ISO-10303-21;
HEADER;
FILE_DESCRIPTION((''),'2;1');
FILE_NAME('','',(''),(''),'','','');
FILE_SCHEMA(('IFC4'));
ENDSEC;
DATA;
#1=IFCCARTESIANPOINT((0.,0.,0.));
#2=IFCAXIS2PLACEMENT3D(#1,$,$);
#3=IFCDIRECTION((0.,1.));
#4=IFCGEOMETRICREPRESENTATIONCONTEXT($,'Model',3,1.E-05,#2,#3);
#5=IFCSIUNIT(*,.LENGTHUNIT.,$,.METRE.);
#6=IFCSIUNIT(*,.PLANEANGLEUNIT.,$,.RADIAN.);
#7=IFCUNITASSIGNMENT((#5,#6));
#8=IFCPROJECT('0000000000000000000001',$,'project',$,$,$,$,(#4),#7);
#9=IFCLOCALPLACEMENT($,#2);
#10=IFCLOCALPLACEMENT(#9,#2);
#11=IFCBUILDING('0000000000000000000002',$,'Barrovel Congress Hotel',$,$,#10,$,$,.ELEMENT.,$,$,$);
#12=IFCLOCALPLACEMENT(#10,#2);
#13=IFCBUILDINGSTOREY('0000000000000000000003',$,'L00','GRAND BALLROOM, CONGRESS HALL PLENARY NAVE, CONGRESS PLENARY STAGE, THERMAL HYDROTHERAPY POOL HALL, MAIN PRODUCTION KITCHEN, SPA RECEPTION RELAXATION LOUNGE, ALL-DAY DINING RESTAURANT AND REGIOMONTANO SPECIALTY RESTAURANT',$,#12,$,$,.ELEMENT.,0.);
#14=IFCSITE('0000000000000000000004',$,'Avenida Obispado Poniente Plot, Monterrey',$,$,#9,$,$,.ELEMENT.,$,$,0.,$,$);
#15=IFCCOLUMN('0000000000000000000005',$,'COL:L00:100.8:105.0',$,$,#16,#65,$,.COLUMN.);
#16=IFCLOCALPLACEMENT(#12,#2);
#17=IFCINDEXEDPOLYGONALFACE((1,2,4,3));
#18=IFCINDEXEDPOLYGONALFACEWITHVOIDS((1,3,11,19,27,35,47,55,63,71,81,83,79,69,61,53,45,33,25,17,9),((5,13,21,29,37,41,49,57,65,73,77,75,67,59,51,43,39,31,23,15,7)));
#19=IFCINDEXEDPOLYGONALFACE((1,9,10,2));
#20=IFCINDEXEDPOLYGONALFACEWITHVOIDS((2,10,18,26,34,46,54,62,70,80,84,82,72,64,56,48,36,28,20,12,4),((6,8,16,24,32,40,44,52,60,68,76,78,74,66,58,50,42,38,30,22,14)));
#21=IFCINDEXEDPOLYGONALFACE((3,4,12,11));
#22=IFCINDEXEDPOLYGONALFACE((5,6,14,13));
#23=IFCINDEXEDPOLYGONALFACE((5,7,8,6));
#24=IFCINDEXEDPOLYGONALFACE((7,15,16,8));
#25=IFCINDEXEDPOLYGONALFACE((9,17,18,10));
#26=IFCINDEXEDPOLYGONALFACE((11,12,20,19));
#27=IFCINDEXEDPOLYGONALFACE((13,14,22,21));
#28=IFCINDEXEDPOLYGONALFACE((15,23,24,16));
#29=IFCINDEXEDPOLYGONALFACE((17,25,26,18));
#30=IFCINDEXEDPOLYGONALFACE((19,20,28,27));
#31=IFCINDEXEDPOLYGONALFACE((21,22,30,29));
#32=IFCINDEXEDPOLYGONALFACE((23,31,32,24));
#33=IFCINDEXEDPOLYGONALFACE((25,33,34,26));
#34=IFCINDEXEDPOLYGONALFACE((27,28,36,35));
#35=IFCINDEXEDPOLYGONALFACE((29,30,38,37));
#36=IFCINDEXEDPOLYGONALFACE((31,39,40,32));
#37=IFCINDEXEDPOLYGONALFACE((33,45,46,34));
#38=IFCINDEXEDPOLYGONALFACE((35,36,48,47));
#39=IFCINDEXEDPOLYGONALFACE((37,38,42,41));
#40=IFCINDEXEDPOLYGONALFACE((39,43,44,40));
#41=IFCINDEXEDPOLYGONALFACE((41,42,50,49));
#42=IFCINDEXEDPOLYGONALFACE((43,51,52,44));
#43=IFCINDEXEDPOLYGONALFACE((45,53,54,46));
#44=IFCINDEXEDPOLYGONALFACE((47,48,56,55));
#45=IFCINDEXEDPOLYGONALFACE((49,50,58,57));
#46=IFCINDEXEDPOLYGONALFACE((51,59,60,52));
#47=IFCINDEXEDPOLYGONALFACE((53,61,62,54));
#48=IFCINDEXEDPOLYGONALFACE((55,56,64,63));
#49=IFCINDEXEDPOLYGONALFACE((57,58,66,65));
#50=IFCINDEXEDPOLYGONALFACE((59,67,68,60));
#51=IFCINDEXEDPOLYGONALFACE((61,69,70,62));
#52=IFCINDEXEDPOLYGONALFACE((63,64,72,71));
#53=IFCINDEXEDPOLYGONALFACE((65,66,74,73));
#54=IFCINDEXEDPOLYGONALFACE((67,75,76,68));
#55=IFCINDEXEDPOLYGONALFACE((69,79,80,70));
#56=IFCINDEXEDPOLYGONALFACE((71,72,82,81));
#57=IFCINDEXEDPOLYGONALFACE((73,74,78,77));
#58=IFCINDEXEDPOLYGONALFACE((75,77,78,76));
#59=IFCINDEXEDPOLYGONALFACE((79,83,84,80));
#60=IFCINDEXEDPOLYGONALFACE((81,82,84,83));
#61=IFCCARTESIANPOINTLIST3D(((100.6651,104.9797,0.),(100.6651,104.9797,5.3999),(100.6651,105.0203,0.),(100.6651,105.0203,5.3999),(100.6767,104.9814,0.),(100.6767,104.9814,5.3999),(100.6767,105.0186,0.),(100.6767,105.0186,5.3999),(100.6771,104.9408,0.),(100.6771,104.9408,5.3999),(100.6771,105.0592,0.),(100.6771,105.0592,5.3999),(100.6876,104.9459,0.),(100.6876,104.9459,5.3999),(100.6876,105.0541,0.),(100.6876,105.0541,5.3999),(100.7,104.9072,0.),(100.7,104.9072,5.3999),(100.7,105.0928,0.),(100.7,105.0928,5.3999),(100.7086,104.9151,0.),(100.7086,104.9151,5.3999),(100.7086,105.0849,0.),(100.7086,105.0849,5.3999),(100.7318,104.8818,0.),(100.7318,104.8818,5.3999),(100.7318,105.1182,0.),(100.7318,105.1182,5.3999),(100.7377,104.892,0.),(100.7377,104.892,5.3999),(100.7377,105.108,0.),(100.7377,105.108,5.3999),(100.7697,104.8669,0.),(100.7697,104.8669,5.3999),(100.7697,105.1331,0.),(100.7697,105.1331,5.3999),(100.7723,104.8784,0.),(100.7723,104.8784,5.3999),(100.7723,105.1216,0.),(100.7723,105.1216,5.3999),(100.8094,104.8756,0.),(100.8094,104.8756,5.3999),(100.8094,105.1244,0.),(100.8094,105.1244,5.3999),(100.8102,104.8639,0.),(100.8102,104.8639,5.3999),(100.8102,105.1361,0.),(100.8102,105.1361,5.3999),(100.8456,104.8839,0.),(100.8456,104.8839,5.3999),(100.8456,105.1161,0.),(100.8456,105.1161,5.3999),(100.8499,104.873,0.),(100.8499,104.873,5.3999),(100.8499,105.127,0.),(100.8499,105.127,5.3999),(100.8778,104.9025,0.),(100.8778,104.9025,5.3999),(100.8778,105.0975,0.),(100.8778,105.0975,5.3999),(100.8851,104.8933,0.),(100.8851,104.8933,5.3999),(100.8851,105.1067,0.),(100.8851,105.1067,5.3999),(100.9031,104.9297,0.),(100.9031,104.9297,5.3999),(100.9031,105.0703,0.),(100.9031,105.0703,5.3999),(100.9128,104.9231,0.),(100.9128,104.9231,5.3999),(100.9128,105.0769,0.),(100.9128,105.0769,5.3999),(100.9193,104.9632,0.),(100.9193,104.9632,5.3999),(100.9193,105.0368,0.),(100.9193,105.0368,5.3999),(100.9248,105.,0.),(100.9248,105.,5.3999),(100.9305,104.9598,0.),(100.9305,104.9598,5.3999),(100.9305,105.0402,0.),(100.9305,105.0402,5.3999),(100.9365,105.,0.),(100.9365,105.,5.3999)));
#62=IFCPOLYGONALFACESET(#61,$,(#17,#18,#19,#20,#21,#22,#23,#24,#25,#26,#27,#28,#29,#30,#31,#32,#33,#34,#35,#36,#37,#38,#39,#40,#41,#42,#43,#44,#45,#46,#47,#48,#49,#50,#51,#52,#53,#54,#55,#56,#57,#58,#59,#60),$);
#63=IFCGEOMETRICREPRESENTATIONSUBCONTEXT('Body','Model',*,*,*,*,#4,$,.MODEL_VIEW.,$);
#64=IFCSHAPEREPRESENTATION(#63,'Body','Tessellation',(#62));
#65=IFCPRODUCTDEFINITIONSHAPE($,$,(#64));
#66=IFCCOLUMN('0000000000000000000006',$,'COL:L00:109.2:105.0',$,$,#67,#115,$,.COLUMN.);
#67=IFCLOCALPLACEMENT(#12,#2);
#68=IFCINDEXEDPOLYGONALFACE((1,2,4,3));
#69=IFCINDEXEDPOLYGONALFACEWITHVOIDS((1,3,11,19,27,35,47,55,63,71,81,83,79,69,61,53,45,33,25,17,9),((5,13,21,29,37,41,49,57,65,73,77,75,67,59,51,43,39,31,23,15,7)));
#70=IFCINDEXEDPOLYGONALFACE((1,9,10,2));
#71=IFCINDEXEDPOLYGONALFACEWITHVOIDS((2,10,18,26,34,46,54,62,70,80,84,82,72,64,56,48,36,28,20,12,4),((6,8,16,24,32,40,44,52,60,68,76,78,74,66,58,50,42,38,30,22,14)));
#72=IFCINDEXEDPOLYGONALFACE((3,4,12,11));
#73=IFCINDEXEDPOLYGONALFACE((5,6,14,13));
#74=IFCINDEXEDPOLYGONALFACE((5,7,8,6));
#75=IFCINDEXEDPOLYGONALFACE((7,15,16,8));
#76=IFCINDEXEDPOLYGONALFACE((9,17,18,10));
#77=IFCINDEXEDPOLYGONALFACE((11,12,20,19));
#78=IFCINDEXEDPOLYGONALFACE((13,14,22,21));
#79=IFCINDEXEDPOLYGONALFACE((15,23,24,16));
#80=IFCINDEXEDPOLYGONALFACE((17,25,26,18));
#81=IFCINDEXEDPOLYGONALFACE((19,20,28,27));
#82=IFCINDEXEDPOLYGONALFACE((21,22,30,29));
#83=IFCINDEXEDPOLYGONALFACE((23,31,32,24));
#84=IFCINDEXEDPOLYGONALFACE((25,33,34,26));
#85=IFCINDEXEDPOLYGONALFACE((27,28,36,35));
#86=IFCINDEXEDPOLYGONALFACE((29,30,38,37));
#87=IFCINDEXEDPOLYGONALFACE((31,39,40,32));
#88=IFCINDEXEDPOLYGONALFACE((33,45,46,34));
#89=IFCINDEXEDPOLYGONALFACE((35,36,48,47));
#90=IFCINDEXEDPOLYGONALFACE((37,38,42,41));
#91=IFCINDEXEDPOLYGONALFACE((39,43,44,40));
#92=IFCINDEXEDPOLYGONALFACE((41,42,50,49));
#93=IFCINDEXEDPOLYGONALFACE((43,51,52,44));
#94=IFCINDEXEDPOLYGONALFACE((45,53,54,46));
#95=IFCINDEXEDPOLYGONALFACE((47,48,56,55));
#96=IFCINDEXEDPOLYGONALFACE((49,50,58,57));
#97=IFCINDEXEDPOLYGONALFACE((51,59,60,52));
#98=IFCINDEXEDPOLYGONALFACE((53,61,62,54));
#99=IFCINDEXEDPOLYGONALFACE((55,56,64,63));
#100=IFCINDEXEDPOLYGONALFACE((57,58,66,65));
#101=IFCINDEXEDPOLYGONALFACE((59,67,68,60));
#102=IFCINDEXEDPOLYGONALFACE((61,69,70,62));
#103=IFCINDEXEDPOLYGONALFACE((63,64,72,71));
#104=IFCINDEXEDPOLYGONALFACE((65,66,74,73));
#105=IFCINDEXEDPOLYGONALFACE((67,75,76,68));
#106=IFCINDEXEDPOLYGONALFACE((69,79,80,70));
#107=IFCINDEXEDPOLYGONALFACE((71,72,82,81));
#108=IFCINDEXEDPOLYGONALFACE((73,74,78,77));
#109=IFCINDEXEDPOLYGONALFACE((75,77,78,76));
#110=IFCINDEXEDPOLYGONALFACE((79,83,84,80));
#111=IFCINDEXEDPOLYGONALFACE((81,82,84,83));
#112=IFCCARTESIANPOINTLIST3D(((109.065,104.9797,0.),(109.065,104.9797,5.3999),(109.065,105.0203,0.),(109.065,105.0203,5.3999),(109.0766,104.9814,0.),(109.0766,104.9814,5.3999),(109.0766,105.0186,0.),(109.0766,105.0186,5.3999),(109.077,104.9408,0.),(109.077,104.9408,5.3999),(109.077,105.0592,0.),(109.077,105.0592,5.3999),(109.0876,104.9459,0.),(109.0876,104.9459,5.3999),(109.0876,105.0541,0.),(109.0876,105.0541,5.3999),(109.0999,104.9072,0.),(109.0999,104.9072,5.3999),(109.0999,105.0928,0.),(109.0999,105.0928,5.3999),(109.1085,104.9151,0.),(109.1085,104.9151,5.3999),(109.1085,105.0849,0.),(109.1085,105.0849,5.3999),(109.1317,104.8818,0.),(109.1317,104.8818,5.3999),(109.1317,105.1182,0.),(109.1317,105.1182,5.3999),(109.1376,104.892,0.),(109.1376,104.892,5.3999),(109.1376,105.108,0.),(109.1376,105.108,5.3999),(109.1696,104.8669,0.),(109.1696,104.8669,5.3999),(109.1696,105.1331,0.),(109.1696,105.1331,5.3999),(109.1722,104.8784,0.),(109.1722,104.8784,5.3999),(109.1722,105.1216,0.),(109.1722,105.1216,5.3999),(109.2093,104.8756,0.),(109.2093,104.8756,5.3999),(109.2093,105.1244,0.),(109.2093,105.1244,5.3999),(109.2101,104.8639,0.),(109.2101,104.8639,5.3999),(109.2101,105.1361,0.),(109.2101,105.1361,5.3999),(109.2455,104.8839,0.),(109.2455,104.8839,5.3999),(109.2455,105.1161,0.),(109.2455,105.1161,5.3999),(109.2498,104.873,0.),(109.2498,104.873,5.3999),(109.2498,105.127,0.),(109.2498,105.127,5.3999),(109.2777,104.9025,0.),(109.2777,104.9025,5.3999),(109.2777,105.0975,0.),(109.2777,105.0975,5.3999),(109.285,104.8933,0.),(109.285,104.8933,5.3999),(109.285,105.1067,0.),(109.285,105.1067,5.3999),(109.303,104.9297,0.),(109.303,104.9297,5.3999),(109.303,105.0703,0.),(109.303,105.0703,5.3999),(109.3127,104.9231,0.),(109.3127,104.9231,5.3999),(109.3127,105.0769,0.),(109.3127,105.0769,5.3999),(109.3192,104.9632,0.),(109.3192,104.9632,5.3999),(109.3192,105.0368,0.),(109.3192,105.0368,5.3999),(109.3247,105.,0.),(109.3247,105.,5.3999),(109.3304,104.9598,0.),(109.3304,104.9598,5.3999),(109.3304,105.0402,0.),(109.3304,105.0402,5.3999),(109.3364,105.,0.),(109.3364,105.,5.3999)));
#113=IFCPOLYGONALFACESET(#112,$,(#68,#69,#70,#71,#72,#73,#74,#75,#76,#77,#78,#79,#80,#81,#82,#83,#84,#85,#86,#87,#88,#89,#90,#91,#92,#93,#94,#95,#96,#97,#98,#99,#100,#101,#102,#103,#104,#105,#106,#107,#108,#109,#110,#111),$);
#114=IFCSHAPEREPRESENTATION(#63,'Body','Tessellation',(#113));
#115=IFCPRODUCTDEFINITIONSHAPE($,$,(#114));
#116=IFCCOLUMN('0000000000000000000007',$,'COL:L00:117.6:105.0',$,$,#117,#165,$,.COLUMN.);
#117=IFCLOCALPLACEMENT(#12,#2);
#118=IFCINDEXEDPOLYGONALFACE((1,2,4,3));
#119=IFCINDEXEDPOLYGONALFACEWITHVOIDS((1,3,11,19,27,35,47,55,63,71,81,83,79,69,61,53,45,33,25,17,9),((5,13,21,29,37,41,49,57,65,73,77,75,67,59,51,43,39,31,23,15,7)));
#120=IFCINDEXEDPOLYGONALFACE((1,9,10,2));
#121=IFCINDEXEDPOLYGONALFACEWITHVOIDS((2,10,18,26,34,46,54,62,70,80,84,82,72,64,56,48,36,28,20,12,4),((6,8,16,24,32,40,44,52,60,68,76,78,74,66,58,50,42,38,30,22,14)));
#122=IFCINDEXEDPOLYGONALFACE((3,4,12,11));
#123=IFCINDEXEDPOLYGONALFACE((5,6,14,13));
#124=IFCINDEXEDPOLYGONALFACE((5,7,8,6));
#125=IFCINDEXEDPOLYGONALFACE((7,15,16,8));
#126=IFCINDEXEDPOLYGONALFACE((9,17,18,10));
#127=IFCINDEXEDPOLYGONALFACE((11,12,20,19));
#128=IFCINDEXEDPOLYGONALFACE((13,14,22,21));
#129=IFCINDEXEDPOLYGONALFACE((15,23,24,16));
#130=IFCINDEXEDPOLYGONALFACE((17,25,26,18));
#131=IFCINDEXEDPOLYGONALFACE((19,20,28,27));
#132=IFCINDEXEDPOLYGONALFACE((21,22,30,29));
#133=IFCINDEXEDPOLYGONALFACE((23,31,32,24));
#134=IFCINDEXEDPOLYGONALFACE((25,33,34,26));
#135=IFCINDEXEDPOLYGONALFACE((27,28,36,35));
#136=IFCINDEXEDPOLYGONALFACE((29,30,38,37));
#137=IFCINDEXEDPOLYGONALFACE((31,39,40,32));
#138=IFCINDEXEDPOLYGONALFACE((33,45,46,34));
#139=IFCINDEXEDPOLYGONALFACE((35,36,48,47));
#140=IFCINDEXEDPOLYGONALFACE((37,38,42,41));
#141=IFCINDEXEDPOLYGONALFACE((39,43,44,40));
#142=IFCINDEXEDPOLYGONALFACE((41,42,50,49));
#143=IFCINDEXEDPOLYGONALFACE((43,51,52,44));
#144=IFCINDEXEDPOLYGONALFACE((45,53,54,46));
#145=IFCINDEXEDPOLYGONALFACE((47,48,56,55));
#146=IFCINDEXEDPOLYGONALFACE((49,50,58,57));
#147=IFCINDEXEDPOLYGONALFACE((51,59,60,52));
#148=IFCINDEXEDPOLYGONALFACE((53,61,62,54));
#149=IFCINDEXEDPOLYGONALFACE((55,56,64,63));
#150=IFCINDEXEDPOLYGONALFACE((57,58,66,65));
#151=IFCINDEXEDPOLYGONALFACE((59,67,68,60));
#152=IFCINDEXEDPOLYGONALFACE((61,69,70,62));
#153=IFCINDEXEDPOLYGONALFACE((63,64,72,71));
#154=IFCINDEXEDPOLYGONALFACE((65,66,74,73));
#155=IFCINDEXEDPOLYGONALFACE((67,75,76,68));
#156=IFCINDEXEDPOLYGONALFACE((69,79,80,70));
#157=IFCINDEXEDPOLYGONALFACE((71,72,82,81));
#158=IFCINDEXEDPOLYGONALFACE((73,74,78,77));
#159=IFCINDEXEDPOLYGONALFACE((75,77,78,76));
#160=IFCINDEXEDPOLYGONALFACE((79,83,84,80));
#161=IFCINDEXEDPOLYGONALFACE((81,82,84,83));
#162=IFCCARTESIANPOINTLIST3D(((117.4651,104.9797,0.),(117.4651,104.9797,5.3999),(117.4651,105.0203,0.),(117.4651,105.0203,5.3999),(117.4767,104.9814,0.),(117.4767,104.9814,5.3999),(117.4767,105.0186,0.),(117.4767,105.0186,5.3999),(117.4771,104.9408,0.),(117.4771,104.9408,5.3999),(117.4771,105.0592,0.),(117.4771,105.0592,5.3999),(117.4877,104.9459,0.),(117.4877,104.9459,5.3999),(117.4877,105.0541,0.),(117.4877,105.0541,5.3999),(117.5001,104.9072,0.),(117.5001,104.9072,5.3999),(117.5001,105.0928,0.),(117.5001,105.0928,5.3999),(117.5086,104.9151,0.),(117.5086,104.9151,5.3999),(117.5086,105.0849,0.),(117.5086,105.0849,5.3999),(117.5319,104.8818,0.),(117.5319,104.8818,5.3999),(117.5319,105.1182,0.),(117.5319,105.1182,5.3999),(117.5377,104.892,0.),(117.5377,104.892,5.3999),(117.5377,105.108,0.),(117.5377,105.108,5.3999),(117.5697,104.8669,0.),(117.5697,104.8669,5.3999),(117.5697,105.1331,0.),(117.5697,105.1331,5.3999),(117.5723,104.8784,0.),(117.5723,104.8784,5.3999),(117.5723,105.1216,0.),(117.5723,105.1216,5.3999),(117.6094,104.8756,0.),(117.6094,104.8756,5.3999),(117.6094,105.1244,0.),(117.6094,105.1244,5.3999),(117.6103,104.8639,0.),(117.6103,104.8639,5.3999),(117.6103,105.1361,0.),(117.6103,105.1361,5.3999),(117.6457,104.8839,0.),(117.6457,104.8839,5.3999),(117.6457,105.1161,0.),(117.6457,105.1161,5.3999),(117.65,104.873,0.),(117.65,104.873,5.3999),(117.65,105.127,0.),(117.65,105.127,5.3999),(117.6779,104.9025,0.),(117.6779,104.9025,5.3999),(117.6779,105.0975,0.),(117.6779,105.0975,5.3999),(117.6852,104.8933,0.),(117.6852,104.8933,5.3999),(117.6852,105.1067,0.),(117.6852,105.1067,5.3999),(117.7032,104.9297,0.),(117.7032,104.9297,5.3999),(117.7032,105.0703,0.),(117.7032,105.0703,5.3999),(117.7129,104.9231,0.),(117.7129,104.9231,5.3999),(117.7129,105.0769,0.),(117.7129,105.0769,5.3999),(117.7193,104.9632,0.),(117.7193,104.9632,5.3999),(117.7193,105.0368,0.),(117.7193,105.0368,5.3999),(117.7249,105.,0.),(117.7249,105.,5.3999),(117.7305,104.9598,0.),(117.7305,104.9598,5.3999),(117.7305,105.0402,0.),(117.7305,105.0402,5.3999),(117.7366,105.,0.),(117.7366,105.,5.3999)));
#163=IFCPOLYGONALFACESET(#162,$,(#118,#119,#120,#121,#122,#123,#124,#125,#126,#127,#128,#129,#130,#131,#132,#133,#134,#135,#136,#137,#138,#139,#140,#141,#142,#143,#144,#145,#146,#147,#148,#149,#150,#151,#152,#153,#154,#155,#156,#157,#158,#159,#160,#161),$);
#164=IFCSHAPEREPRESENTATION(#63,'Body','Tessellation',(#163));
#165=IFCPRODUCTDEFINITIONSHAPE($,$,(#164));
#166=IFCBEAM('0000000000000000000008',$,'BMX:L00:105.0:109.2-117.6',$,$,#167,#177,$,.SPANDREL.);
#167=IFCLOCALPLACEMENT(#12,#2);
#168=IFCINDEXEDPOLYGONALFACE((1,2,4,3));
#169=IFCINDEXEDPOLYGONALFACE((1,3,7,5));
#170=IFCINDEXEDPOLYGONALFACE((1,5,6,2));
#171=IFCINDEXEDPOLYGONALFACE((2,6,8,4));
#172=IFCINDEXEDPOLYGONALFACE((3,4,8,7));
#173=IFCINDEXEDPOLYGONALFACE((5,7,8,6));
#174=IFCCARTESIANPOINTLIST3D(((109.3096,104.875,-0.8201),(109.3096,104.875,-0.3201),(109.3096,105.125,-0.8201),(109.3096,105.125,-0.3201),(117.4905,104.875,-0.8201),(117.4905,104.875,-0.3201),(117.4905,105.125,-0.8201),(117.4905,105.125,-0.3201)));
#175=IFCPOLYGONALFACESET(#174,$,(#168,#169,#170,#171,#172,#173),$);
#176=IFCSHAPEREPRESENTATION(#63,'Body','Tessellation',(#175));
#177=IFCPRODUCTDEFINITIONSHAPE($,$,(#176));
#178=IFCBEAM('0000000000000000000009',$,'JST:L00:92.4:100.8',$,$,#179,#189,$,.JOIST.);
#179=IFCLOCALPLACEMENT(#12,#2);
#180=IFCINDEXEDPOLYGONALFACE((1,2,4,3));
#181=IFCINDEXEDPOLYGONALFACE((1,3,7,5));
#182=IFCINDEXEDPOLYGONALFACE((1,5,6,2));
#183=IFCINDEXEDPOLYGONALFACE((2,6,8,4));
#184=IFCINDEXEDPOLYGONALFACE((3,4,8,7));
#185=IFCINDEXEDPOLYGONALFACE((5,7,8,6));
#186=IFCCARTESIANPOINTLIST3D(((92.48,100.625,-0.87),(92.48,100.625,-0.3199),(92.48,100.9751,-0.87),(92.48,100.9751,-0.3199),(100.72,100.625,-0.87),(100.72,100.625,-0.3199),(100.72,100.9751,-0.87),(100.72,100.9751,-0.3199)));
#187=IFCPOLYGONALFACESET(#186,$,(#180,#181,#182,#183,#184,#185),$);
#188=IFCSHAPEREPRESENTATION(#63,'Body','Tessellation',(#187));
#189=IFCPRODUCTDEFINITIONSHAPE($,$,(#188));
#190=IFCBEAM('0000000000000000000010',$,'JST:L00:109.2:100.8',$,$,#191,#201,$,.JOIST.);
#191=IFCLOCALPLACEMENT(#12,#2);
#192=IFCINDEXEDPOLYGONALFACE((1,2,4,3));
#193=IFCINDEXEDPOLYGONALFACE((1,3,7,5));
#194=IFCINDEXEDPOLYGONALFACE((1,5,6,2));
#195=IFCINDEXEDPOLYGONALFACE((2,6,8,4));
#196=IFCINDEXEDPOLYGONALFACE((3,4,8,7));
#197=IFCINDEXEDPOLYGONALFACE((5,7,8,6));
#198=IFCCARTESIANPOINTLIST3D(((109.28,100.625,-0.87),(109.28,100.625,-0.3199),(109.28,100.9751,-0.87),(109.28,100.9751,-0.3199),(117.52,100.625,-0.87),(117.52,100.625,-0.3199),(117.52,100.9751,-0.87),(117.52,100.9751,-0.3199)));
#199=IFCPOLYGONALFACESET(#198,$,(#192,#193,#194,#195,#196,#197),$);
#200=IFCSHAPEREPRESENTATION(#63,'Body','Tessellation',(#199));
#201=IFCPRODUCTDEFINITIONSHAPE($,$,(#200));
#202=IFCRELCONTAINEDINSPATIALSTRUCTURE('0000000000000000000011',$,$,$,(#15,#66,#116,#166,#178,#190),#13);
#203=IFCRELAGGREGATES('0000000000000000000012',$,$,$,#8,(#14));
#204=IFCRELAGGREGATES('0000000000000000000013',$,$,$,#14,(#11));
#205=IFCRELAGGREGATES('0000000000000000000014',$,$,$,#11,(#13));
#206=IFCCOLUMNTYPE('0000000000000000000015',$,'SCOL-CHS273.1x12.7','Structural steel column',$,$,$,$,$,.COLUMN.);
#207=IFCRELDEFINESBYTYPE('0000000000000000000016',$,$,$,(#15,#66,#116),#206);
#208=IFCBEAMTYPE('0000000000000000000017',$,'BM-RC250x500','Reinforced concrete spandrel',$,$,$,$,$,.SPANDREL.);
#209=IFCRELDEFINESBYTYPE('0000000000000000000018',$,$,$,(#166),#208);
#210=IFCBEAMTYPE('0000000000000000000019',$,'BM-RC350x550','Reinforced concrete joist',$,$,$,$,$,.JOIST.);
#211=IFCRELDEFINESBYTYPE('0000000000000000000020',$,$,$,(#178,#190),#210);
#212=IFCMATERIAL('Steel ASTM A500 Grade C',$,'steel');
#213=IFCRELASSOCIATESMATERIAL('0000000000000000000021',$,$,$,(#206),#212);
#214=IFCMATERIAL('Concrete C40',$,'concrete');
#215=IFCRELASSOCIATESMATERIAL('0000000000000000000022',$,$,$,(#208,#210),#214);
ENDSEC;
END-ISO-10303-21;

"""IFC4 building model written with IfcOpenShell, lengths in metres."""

from ifc_helpers import new_model, si_unit, direction, frame, origin, origin_2d, place, context, subcontext, project, spatial, rectangle, hollow_circle, extrude, material, material_profile, profile_set, type_object, element, save


model = new_model("IFC4")

# Units and contexts
model_context = context("Model", 3, precision=1e-05, world=origin(), true_north=direction((0.0, 1.0)))
body_context = subcontext(model_context, "Body", "Model", "MODEL_VIEW")
ifc_project = project(units=[si_unit("LENGTHUNIT", "METRE"), si_unit("PLANEANGLEUNIT", "RADIAN")], contexts=[model_context])

# Site, building, storey
site_placement = place(None, origin())
site = spatial("IfcSite", under=ifc_project, at=site_placement, Name="Avenida Obispado Poniente Plot, Monterrey", CompositionType="ELEMENT", RefElevation=0.0)
building_placement = place(site_placement, origin())
building = spatial("IfcBuilding", under=site, at=building_placement, Name="Barrovel Congress Hotel", CompositionType="ELEMENT")
storey_placement = place(building_placement, origin())
storey = spatial("IfcBuildingStorey", under=building, at=storey_placement, Name="L00", Description="GRAND BALLROOM, CONGRESS HALL PLENARY NAVE, CONGRESS PLENARY STAGE, THERMAL HYDROTHERAPY POOL HALL, MAIN PRODUCTION KITCHEN, SPA RECEPTION RELAXATION LOUNGE, ALL-DAY DINING RESTAURANT AND REGIOMONTANO SPECIALTY RESTAURANT", CompositionType="ELEMENT", Elevation=0.0)

# Shared definitions
ifc_material_1 = material(Name="Concrete C40", Category="concrete")

# Columns
ifc_material_2 = material(Name="Steel ASTM A500 Grade C", Category="steel")
ifc_material_profile_1 = material_profile(ifc_material_2, hollow_circle(Radius=0.1365, WallThickness=0.0117, at=origin_2d()), Name="CHS273.1x12.7")
ifc_profile_set_1 = profile_set([ifc_material_profile_1], Name="Steel ASTM A500 Grade C")
column_type = type_object("IfcColumnType", Name="SCOL-CHS273.1x12.7", Description="Structural steel column", PredefinedType="COLUMN", material=ifc_profile_set_1)
for number, where, z_axis, x_axis, name in (
    (1, (100.8, 105.0, 0.0), (0.0, 0.0, 1.0), (1.0, 0.0, 0.0), "COL:L00:100.8:105.0"),
    (2, (109.2, 105.0, 0.0), (0.0, 0.0, 1.0), (1.0, 0.0, 0.0), "COL:L00:109.2:105.0"),
    (3, (117.6001, 105.0, 0.0), (0.0, 0.0, 1.0), (1.0, 0.0, 0.0), "COL:L00:117.6:105.0"),
):
    element("IfcColumn", number, at=place(storey_placement, frame(where, z_axis=z_axis, x_axis=x_axis)), inside=storey, type_object=column_type, Name=name, PredefinedType="COLUMN", context=body_context, shape_type="SweptSolid", body=[
        extrude(hollow_circle(Radius=0.1365, WallThickness=0.0117, at=origin_2d()), origin(), (0.0, 0.0, 1.0), 5.3999),
    ])

# Beams
ifc_material_profile_2 = material_profile(ifc_material_1, rectangle(XDim=0.25, YDim=0.5, at=origin_2d()), Name="RC250x500")
ifc_profile_set_2 = profile_set([ifc_material_profile_2], Name="Concrete C40")
beam_type_1 = type_object("IfcBeamType", Name="BM-RC250x500", Description="Reinforced concrete spandrel", PredefinedType="SPANDREL", material=ifc_profile_set_2)
beam_1_placement = place(storey_placement, frame((109.3096, 105.0, -0.5701), z_axis=(1.0, 0.0, 0.0), x_axis=(0.0, 1.0, 0.0)))
element("IfcBeam", 4, at=beam_1_placement, inside=storey, type_object=beam_type_1, Name="BMX:L00:105.0:109.2-117.6", PredefinedType="SPANDREL", context=body_context, shape_type="SweptSolid", body=[
    extrude(rectangle(XDim=0.25, YDim=0.5, at=origin_2d()), origin(), (0.0, 0.0, 1.0), 8.1809),
])
ifc_material_profile_3 = material_profile(ifc_material_1, rectangle(XDim=0.3501, YDim=0.55, at=origin_2d()), Name="RC350x550")
ifc_profile_set_3 = profile_set([ifc_material_profile_3], Name="Concrete C40")
beam_type_2 = type_object("IfcBeamType", Name="BM-RC350x550", Description="Reinforced concrete joist", PredefinedType="JOIST", material=ifc_profile_set_3)
for number, where, z_axis, x_axis, name in (
    (5, (92.48, 100.8, -0.595), (1.0, 0.0, 0.0), (0.0, 1.0, 0.0), "JST:L00:92.4:100.8"),
    (6, (109.28, 100.8, -0.595), (1.0, 0.0, 0.0), (0.0, 1.0, 0.0), "JST:L00:109.2:100.8"),
):
    element("IfcBeam", number, at=place(storey_placement, frame(where, z_axis=z_axis, x_axis=x_axis)), inside=storey, type_object=beam_type_2, Name=name, PredefinedType="JOIST", context=body_context, shape_type="SweptSolid", body=[
        extrude(rectangle(XDim=0.3501, YDim=0.55, at=origin_2d()), origin(), (0.0, 0.0, 1.0), 8.24),
    ])

save(model, "model.ifc")
